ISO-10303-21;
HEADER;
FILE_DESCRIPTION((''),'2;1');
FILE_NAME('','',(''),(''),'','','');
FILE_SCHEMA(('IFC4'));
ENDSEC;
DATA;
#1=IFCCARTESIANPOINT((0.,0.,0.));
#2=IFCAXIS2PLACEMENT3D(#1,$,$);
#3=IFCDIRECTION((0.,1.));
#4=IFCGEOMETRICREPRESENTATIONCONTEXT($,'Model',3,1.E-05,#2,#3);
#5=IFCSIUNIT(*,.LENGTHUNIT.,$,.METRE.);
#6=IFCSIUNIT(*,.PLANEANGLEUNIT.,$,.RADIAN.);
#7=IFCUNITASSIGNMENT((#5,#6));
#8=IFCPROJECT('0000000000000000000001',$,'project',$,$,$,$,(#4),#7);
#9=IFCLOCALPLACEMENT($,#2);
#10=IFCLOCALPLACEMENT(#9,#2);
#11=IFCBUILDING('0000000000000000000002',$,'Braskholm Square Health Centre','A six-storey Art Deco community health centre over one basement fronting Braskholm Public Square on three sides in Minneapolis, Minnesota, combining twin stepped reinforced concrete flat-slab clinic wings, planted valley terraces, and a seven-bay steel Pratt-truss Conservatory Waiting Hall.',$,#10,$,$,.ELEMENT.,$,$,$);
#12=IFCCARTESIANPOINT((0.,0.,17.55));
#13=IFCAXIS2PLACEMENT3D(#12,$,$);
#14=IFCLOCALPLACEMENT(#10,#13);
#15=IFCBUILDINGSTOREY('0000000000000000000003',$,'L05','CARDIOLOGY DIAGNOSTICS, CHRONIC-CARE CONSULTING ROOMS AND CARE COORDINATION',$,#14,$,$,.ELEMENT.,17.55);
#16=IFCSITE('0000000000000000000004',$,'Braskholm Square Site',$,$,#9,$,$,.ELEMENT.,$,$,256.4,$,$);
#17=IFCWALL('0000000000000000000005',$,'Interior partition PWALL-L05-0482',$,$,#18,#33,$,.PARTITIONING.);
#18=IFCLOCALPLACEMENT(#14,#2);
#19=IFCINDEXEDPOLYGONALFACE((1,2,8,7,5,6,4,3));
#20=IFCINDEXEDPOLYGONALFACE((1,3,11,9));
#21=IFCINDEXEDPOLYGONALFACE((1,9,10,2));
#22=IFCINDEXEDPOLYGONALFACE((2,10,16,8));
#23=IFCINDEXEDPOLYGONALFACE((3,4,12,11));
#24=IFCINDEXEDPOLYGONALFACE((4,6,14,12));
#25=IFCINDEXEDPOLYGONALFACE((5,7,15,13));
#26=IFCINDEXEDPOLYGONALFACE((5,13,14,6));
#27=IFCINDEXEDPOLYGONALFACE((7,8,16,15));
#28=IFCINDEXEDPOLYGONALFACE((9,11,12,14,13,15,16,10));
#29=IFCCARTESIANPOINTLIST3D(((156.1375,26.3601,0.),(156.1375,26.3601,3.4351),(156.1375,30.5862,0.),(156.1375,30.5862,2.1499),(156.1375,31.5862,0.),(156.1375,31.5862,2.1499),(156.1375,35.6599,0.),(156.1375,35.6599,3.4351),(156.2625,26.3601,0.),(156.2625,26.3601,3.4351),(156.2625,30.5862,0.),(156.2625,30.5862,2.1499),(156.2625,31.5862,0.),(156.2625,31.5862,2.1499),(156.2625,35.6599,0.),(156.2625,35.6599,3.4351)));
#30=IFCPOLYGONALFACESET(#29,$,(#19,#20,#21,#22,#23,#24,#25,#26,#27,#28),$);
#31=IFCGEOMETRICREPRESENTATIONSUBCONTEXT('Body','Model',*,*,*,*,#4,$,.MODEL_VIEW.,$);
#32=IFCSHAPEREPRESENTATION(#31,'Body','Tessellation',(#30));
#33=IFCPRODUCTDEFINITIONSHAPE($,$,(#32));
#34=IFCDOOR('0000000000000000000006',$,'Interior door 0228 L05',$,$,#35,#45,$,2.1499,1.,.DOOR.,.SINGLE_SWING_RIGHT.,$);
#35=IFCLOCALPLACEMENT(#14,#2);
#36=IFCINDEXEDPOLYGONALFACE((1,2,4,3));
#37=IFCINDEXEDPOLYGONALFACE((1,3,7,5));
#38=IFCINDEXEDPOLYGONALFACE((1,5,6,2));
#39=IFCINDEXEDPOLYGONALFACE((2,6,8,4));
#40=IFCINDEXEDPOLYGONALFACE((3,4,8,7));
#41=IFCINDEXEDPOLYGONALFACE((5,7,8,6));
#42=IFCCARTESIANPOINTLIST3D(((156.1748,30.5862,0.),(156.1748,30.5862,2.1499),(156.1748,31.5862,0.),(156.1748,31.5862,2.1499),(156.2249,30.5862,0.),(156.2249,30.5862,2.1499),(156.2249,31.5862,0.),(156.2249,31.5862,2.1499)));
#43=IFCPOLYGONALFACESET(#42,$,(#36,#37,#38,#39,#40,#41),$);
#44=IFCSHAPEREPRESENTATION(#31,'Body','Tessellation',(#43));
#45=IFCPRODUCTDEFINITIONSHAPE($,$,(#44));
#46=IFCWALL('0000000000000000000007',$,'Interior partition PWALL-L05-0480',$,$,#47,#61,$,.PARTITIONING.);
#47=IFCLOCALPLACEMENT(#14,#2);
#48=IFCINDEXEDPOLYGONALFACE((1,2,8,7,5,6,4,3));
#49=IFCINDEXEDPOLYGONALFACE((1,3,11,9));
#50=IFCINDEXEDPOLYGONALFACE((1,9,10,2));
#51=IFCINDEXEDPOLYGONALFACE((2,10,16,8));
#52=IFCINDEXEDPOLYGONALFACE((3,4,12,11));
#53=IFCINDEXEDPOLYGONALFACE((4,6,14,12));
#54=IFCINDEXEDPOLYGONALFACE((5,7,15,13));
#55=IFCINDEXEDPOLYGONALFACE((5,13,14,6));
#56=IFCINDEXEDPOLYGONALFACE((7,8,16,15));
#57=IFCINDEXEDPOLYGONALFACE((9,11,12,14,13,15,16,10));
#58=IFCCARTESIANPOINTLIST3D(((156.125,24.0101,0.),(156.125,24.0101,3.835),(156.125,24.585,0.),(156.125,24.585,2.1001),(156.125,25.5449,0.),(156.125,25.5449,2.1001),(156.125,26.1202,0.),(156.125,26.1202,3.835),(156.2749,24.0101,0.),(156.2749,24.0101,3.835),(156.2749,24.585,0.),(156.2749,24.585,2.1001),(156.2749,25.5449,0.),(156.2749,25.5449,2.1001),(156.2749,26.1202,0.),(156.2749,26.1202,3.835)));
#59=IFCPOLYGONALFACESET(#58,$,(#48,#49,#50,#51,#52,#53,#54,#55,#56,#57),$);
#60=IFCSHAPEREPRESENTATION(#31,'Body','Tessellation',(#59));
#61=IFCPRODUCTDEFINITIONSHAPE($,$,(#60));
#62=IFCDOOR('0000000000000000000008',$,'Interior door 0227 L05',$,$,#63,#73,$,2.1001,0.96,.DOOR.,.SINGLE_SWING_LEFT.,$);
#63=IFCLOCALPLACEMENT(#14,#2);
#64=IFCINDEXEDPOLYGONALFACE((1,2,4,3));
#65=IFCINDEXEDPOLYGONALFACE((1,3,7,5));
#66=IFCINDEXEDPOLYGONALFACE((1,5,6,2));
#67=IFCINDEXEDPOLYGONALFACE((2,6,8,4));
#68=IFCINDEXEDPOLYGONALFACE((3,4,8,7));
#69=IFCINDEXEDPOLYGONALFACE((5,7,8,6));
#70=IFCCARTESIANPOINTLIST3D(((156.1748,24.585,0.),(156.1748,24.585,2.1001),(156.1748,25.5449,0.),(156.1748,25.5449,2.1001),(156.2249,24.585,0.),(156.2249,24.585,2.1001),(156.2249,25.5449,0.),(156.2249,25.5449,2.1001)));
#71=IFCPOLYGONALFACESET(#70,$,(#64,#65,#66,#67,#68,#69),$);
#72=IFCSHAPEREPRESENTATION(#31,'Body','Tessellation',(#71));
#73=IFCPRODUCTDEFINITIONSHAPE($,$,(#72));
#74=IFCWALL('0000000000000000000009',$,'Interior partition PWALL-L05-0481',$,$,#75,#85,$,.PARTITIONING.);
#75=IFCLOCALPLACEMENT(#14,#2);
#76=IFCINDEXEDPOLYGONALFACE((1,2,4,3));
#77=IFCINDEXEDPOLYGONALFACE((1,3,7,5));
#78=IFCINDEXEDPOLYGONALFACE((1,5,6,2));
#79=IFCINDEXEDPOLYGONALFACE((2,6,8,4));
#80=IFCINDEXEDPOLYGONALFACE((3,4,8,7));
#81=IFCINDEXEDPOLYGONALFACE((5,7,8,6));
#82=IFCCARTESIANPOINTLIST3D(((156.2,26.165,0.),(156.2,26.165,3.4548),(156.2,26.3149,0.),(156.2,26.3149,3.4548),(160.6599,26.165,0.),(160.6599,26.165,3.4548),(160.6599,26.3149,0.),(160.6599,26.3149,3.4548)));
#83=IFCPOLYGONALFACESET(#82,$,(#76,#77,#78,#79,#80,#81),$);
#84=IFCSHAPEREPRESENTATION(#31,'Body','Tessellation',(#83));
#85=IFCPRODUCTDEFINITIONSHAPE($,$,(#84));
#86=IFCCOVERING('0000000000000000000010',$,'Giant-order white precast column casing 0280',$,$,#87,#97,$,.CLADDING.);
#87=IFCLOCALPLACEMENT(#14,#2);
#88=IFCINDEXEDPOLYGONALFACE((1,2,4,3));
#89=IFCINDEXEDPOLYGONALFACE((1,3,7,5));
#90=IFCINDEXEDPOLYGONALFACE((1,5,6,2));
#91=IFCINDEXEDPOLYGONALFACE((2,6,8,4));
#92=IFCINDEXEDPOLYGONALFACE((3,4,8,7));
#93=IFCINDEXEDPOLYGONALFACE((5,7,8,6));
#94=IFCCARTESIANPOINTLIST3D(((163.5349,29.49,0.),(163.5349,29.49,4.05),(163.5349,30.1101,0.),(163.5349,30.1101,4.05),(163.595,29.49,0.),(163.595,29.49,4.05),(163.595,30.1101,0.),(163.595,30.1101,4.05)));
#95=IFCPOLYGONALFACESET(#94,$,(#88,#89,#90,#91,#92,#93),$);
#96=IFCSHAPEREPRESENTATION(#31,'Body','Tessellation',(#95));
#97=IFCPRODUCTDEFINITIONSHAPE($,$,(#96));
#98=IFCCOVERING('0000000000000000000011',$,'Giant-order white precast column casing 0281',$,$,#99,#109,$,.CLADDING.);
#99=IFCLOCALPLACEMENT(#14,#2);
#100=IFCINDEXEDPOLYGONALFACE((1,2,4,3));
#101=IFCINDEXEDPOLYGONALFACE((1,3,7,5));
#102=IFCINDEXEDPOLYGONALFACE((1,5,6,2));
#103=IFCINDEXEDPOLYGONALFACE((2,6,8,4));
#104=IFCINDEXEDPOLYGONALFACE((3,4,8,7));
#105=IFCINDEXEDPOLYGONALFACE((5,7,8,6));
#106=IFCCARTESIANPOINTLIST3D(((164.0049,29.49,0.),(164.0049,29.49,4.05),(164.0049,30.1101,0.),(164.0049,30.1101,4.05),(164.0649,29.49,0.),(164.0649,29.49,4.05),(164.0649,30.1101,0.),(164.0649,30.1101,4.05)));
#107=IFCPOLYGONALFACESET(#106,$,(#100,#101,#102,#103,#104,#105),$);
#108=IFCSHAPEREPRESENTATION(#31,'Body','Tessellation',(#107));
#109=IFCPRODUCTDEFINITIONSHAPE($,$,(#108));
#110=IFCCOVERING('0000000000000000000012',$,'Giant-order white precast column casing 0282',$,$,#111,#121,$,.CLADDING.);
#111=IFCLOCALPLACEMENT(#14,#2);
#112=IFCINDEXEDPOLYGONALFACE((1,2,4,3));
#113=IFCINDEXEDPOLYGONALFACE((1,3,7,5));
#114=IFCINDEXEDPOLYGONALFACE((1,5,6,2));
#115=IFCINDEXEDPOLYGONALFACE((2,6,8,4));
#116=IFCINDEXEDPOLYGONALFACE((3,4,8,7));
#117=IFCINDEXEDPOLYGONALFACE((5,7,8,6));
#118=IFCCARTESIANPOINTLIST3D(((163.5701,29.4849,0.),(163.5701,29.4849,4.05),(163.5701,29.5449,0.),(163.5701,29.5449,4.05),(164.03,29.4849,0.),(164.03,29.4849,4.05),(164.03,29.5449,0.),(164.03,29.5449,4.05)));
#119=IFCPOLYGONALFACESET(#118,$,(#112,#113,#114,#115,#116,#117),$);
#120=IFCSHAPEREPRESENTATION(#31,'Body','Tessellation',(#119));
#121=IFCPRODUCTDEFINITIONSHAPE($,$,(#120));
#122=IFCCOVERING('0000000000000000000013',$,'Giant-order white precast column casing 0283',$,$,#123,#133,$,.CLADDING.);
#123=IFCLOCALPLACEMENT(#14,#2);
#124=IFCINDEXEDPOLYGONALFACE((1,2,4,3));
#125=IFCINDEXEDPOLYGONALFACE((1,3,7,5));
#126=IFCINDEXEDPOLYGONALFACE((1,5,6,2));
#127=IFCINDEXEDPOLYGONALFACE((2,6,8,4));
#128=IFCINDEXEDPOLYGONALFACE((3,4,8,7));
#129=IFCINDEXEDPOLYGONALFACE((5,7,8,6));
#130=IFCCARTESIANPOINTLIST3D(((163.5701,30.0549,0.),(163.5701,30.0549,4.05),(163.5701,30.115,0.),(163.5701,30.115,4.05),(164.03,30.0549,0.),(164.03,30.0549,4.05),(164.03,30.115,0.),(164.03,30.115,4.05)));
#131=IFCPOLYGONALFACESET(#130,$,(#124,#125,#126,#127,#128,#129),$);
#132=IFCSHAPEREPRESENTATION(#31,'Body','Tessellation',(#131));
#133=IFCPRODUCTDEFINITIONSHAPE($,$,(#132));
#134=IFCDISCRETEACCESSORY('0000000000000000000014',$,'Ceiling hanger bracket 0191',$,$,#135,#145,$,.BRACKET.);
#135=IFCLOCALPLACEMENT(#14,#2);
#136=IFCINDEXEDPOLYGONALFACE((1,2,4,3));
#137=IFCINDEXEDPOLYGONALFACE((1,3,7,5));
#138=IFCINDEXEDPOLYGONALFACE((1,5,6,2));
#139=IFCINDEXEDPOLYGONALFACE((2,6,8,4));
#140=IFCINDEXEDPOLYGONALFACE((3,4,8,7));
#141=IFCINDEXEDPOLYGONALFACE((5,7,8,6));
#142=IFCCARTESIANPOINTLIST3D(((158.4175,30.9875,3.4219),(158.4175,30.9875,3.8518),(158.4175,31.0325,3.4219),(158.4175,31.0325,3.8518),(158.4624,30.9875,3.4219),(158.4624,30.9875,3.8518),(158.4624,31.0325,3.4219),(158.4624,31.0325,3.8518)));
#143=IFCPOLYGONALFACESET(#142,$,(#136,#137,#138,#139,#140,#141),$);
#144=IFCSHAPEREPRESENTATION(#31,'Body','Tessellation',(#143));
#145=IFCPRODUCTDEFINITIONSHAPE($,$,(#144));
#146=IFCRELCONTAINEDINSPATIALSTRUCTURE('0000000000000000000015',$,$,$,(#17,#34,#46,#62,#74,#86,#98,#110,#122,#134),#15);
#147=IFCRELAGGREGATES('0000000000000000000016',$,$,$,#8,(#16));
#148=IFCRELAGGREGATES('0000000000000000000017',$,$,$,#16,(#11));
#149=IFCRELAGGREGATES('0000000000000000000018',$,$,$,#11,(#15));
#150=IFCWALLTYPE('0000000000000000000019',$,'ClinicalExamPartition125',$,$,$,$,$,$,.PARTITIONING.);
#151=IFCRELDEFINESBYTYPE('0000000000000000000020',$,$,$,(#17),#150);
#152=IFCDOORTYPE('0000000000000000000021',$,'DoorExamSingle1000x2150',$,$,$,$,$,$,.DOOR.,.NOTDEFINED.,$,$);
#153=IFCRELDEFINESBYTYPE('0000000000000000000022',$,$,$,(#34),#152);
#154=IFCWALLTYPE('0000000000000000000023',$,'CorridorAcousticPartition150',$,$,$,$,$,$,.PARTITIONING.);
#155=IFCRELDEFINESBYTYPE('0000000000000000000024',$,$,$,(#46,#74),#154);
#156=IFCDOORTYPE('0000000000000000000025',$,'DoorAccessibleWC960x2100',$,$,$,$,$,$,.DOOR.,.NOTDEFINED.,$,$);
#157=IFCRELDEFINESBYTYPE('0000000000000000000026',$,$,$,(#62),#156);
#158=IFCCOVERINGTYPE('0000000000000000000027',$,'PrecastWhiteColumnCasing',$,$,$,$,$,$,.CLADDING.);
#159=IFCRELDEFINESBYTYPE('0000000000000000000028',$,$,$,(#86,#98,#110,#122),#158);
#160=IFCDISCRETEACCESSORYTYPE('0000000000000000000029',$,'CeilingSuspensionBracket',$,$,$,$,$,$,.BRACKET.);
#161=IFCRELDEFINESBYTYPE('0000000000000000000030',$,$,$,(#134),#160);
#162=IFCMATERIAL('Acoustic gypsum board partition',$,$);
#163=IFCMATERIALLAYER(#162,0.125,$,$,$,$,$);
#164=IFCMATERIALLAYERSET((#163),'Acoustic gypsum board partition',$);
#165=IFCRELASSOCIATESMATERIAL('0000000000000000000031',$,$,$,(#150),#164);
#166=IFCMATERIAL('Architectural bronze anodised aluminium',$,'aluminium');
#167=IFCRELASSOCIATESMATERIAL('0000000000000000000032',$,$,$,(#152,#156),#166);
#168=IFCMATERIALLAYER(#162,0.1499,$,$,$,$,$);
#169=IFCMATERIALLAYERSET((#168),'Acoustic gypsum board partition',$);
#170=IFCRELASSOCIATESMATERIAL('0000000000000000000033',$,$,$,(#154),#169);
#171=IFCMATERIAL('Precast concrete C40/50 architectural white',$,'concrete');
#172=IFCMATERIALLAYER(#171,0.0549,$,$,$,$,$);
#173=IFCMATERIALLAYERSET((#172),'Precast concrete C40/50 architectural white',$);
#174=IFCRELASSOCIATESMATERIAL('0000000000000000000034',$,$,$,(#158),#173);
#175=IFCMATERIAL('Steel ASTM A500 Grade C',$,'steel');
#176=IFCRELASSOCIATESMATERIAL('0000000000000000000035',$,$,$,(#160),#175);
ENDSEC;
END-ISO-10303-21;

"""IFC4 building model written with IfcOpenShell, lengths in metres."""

from ifc_helpers import new_model, si_unit, direction, frame, frame_2d, origin, origin_2d, place, context, subcontext, project, spatial, rectangle, extrude, material, layer, layer_set, type_object, element, fill, save


model = new_model("IFC4")

# Units and contexts
model_context = context("Model", 3, precision=1e-05, world=origin(), true_north=direction((0.0, 1.0)))
body_context = subcontext(model_context, "Body", "Model", "MODEL_VIEW")
ifc_project = project(units=[si_unit("LENGTHUNIT", "METRE"), si_unit("PLANEANGLEUNIT", "RADIAN")], contexts=[model_context])

# Site, building, storey
site_placement = place(None, origin())
site = spatial("IfcSite", under=ifc_project, at=site_placement, Name="Braskholm Square Site", CompositionType="ELEMENT", RefElevation=256.4)
building_placement = place(site_placement, origin())
building = spatial("IfcBuilding", under=site, at=building_placement, Name="Braskholm Square Health Centre", Description="A six-storey Art Deco community health centre over one basement fronting Braskholm Public Square on three sides in Minneapolis, Minnesota, combining twin stepped reinforced concrete flat-slab clinic wings, planted valley terraces, and a seven-bay steel Pratt-truss Conservatory Waiting Hall.", CompositionType="ELEMENT")
storey_placement = place(building_placement, frame((0.0, 0.0, 17.55)))
storey = spatial("IfcBuildingStorey", under=building, at=storey_placement, Name="L05", Description="CARDIOLOGY DIAGNOSTICS, CHRONIC-CARE CONSULTING ROOMS AND CARE COORDINATION", CompositionType="ELEMENT", Elevation=17.55)

# Shared definitions
ifc_material_1 = material(Name="Precast concrete C40/50 architectural white", Category="concrete")

# Shared definitions
ifc_material_2 = material(Name="Architectural bronze anodised aluminium", Category="aluminium")

# Walls, openings, doors
ifc_material_3 = material(Name="Acoustic gypsum board partition")
ifc_layer_1 = layer(ifc_material_3, 0.125)
ifc_layer_set_1 = layer_set([ifc_layer_1], Name="Acoustic gypsum board partition")
wall_type_1 = type_object("IfcWallType", Name="ClinicalExamPartition125", PredefinedType="PARTITIONING", material=ifc_layer_set_1)
wall_1_placement = place(storey_placement, frame((156.2, 26.3601, 0.0), z_axis=(0.0, 0.0, 1.0), x_axis=(0.0, 1.0, 0.0)))
wall_1 = element("IfcWall", 1, at=wall_1_placement, inside=storey, type_object=wall_type_1, Name="Interior partition PWALL-L05-0482", PredefinedType="PARTITIONING", context=body_context, shape_type="SweptSolid", body=[
    extrude(rectangle(XDim=9.2998, YDim=0.125, at=frame_2d((4.6499, 0.0))), origin(), (0.0, 0.0, 1.0), 3.4351),
])
opening_1_placement = place(wall_1_placement, frame((4.2261, 0.0, 0.0)))
opening_1 = element("IfcOpeningElement", 2, at=opening_1_placement, cuts=wall_1, PredefinedType="OPENING", context=body_context, shape_type="SweptSolid", body=[
    extrude(rectangle(XDim=1.0, YDim=2.1499, at=frame_2d((0.5, 1.075))), frame((0.0, 0.0725, 0.0), z_axis=(0.0, -1.0, 0.0), x_axis=(1.0, 0.0, 0.0)), (0.0, 0.0, 1.0), 0.145),
])
door_type_1 = type_object("IfcDoorType", Name="DoorExamSingle1000x2150", OperationType="NOTDEFINED", PredefinedType="DOOR", material=ifc_material_2)
door_1_placement = place(opening_1_placement, frame((1.0, 0.0, 0.0), z_axis=(0.0, 0.0, 1.0), x_axis=(-1.0, 0.0, 0.0)))
door_1 = element("IfcDoor", 3, at=door_1_placement, inside=storey, type_object=door_type_1, Name="Interior door 0228 L05", OperationType="SINGLE_SWING_RIGHT", OverallHeight=2.1499, OverallWidth=1.0, PredefinedType="DOOR", context=body_context, shape_type="SweptSolid", body=[
    extrude(rectangle(XDim=1.0, YDim=2.1499, at=frame_2d((0.5, 1.075))), frame((0.0, 0.0249, 0.0), z_axis=(0.0, -1.0, 0.0), x_axis=(1.0, 0.0, 0.0)), (0.0, 0.0, 1.0), 0.05),
])
fill(opening_1, door_1)
ifc_layer_2 = layer(ifc_material_3, 0.1499)
ifc_layer_set_2 = layer_set([ifc_layer_2], Name="Acoustic gypsum board partition")
wall_type_2 = type_object("IfcWallType", Name="CorridorAcousticPartition150", PredefinedType="PARTITIONING", material=ifc_layer_set_2)
wall_2_placement = place(storey_placement, frame((156.2, 24.01, 0.0), z_axis=(0.0, 0.0, 1.0), x_axis=(0.0, 1.0, 0.0)))
wall_2 = element("IfcWall", 4, at=wall_2_placement, inside=storey, type_object=wall_type_2, Name="Interior partition PWALL-L05-0480", PredefinedType="PARTITIONING", context=body_context, shape_type="SweptSolid", body=[
    extrude(rectangle(XDim=2.1101, YDim=0.1499, at=frame_2d((1.0552, 0.0))), origin(), (0.0, 0.0, 1.0), 3.835),
])
opening_2_placement = place(wall_2_placement, frame((0.575, 0.0, 0.0)))
opening_2 = element("IfcOpeningElement", 5, at=opening_2_placement, cuts=wall_2, PredefinedType="OPENING", context=body_context, shape_type="SweptSolid", body=[
    extrude(rectangle(XDim=0.96, YDim=2.1001, at=frame_2d((0.48, 1.05))), frame((0.0, 0.085, 0.0), z_axis=(0.0, -1.0, 0.0), x_axis=(1.0, 0.0, 0.0)), (0.0, 0.0, 1.0), 0.1699),
])
door_type_2 = type_object("IfcDoorType", Name="DoorAccessibleWC960x2100", OperationType="NOTDEFINED", PredefinedType="DOOR", material=ifc_material_2)
door_2_placement = place(opening_2_placement, frame((0.96, 0.0, 0.0), z_axis=(0.0, 0.0, 1.0), x_axis=(-1.0, 0.0, 0.0)))
door_2 = element("IfcDoor", 6, at=door_2_placement, inside=storey, type_object=door_type_2, Name="Interior door 0227 L05", OperationType="SINGLE_SWING_LEFT", OverallHeight=2.1001, OverallWidth=0.96, PredefinedType="DOOR", context=body_context, shape_type="SweptSolid", body=[
    extrude(rectangle(XDim=0.96, YDim=2.1001, at=frame_2d((0.48, 1.05))), frame((0.0, 0.0249, 0.0), z_axis=(0.0, -1.0, 0.0), x_axis=(1.0, 0.0, 0.0)), (0.0, 0.0, 1.0), 0.05),
])
fill(opening_2, door_2)

# Wall
wall_3_placement = place(storey_placement, frame((156.2, 26.24, 0.0), z_axis=(0.0, 0.0, 1.0), x_axis=(1.0, 0.0, 0.0)))
element("IfcWall", 7, at=wall_3_placement, inside=storey, type_object=wall_type_2, Name="Interior partition PWALL-L05-0481", PredefinedType="PARTITIONING", context=body_context, shape_type="SweptSolid", body=[
    extrude(rectangle(XDim=4.46, YDim=0.1499, at=frame_2d((2.23, 0.0))), origin(), (0.0, 0.0, 1.0), 3.4548),
])

# Coverings
ifc_layer_3 = layer(ifc_material_1, 0.0549)
ifc_layer_set_3 = layer_set([ifc_layer_3], Name="Precast concrete C40/50 architectural white")
covering_type = type_object("IfcCoveringType", Name="PrecastWhiteColumnCasing", PredefinedType="CLADDING", material=ifc_layer_set_3)
for number, where, z_axis, x_axis, name in (
    (8, (163.5649, 29.8, 0.0), (0.0, 0.0, 1.0), (1.0, 0.0, 0.0), "Giant-order white precast column casing 0280"),
    (9, (164.0349, 29.8, 0.0), (0.0, 0.0, 1.0), (1.0, 0.0, 0.0), "Giant-order white precast column casing 0281"),
):
    element("IfcCovering", number, at=place(storey_placement, frame(where, z_axis=z_axis, x_axis=x_axis)), inside=storey, type_object=covering_type, Name=name, PredefinedType="CLADDING", context=body_context, shape_type="SweptSolid", body=[
        extrude(rectangle(XDim=0.0601, YDim=0.6201, at=origin_2d()), origin(), (0.0, 0.0, 1.0), 4.05),
    ])
for number, where, z_axis, x_axis, name in (
    (10, (163.8, 29.5149, 0.0), (0.0, 0.0, 1.0), (1.0, 0.0, 0.0), "Giant-order white precast column casing 0282"),
    (11, (163.8, 30.085, 0.0), (0.0, 0.0, 1.0), (1.0, 0.0, 0.0), "Giant-order white precast column casing 0283"),
):
    element("IfcCovering", number, at=place(storey_placement, frame(where, z_axis=z_axis, x_axis=x_axis)), inside=storey, type_object=covering_type, Name=name, PredefinedType="CLADDING", context=body_context, shape_type="SweptSolid", body=[
        extrude(rectangle(XDim=0.46, YDim=0.0601, at=origin_2d()), origin(), (0.0, 0.0, 1.0), 4.05),
    ])

# Discrete accessory
ifc_material_4 = material(Name="Steel ASTM A500 Grade C", Category="steel")
discrete_accessory_type = type_object("IfcDiscreteAccessoryType", Name="CeilingSuspensionBracket", PredefinedType="BRACKET", material=ifc_material_4)
discrete_accessory_placement = place(storey_placement, frame((158.4399, 31.01, 3.4219), z_axis=(0.0, 0.0, 1.0), x_axis=(1.0, 0.0, 0.0)))
element("IfcDiscreteAccessory", 12, at=discrete_accessory_placement, inside=storey, type_object=discrete_accessory_type, Name="Ceiling hanger bracket 0191", PredefinedType="BRACKET", context=body_context, shape_type="SweptSolid", body=[
    extrude(rectangle(XDim=0.0449, YDim=0.0449, at=origin_2d()), origin(), (0.0, 0.0, 1.0), 0.4299),
])

save(model, "model.ifc")
